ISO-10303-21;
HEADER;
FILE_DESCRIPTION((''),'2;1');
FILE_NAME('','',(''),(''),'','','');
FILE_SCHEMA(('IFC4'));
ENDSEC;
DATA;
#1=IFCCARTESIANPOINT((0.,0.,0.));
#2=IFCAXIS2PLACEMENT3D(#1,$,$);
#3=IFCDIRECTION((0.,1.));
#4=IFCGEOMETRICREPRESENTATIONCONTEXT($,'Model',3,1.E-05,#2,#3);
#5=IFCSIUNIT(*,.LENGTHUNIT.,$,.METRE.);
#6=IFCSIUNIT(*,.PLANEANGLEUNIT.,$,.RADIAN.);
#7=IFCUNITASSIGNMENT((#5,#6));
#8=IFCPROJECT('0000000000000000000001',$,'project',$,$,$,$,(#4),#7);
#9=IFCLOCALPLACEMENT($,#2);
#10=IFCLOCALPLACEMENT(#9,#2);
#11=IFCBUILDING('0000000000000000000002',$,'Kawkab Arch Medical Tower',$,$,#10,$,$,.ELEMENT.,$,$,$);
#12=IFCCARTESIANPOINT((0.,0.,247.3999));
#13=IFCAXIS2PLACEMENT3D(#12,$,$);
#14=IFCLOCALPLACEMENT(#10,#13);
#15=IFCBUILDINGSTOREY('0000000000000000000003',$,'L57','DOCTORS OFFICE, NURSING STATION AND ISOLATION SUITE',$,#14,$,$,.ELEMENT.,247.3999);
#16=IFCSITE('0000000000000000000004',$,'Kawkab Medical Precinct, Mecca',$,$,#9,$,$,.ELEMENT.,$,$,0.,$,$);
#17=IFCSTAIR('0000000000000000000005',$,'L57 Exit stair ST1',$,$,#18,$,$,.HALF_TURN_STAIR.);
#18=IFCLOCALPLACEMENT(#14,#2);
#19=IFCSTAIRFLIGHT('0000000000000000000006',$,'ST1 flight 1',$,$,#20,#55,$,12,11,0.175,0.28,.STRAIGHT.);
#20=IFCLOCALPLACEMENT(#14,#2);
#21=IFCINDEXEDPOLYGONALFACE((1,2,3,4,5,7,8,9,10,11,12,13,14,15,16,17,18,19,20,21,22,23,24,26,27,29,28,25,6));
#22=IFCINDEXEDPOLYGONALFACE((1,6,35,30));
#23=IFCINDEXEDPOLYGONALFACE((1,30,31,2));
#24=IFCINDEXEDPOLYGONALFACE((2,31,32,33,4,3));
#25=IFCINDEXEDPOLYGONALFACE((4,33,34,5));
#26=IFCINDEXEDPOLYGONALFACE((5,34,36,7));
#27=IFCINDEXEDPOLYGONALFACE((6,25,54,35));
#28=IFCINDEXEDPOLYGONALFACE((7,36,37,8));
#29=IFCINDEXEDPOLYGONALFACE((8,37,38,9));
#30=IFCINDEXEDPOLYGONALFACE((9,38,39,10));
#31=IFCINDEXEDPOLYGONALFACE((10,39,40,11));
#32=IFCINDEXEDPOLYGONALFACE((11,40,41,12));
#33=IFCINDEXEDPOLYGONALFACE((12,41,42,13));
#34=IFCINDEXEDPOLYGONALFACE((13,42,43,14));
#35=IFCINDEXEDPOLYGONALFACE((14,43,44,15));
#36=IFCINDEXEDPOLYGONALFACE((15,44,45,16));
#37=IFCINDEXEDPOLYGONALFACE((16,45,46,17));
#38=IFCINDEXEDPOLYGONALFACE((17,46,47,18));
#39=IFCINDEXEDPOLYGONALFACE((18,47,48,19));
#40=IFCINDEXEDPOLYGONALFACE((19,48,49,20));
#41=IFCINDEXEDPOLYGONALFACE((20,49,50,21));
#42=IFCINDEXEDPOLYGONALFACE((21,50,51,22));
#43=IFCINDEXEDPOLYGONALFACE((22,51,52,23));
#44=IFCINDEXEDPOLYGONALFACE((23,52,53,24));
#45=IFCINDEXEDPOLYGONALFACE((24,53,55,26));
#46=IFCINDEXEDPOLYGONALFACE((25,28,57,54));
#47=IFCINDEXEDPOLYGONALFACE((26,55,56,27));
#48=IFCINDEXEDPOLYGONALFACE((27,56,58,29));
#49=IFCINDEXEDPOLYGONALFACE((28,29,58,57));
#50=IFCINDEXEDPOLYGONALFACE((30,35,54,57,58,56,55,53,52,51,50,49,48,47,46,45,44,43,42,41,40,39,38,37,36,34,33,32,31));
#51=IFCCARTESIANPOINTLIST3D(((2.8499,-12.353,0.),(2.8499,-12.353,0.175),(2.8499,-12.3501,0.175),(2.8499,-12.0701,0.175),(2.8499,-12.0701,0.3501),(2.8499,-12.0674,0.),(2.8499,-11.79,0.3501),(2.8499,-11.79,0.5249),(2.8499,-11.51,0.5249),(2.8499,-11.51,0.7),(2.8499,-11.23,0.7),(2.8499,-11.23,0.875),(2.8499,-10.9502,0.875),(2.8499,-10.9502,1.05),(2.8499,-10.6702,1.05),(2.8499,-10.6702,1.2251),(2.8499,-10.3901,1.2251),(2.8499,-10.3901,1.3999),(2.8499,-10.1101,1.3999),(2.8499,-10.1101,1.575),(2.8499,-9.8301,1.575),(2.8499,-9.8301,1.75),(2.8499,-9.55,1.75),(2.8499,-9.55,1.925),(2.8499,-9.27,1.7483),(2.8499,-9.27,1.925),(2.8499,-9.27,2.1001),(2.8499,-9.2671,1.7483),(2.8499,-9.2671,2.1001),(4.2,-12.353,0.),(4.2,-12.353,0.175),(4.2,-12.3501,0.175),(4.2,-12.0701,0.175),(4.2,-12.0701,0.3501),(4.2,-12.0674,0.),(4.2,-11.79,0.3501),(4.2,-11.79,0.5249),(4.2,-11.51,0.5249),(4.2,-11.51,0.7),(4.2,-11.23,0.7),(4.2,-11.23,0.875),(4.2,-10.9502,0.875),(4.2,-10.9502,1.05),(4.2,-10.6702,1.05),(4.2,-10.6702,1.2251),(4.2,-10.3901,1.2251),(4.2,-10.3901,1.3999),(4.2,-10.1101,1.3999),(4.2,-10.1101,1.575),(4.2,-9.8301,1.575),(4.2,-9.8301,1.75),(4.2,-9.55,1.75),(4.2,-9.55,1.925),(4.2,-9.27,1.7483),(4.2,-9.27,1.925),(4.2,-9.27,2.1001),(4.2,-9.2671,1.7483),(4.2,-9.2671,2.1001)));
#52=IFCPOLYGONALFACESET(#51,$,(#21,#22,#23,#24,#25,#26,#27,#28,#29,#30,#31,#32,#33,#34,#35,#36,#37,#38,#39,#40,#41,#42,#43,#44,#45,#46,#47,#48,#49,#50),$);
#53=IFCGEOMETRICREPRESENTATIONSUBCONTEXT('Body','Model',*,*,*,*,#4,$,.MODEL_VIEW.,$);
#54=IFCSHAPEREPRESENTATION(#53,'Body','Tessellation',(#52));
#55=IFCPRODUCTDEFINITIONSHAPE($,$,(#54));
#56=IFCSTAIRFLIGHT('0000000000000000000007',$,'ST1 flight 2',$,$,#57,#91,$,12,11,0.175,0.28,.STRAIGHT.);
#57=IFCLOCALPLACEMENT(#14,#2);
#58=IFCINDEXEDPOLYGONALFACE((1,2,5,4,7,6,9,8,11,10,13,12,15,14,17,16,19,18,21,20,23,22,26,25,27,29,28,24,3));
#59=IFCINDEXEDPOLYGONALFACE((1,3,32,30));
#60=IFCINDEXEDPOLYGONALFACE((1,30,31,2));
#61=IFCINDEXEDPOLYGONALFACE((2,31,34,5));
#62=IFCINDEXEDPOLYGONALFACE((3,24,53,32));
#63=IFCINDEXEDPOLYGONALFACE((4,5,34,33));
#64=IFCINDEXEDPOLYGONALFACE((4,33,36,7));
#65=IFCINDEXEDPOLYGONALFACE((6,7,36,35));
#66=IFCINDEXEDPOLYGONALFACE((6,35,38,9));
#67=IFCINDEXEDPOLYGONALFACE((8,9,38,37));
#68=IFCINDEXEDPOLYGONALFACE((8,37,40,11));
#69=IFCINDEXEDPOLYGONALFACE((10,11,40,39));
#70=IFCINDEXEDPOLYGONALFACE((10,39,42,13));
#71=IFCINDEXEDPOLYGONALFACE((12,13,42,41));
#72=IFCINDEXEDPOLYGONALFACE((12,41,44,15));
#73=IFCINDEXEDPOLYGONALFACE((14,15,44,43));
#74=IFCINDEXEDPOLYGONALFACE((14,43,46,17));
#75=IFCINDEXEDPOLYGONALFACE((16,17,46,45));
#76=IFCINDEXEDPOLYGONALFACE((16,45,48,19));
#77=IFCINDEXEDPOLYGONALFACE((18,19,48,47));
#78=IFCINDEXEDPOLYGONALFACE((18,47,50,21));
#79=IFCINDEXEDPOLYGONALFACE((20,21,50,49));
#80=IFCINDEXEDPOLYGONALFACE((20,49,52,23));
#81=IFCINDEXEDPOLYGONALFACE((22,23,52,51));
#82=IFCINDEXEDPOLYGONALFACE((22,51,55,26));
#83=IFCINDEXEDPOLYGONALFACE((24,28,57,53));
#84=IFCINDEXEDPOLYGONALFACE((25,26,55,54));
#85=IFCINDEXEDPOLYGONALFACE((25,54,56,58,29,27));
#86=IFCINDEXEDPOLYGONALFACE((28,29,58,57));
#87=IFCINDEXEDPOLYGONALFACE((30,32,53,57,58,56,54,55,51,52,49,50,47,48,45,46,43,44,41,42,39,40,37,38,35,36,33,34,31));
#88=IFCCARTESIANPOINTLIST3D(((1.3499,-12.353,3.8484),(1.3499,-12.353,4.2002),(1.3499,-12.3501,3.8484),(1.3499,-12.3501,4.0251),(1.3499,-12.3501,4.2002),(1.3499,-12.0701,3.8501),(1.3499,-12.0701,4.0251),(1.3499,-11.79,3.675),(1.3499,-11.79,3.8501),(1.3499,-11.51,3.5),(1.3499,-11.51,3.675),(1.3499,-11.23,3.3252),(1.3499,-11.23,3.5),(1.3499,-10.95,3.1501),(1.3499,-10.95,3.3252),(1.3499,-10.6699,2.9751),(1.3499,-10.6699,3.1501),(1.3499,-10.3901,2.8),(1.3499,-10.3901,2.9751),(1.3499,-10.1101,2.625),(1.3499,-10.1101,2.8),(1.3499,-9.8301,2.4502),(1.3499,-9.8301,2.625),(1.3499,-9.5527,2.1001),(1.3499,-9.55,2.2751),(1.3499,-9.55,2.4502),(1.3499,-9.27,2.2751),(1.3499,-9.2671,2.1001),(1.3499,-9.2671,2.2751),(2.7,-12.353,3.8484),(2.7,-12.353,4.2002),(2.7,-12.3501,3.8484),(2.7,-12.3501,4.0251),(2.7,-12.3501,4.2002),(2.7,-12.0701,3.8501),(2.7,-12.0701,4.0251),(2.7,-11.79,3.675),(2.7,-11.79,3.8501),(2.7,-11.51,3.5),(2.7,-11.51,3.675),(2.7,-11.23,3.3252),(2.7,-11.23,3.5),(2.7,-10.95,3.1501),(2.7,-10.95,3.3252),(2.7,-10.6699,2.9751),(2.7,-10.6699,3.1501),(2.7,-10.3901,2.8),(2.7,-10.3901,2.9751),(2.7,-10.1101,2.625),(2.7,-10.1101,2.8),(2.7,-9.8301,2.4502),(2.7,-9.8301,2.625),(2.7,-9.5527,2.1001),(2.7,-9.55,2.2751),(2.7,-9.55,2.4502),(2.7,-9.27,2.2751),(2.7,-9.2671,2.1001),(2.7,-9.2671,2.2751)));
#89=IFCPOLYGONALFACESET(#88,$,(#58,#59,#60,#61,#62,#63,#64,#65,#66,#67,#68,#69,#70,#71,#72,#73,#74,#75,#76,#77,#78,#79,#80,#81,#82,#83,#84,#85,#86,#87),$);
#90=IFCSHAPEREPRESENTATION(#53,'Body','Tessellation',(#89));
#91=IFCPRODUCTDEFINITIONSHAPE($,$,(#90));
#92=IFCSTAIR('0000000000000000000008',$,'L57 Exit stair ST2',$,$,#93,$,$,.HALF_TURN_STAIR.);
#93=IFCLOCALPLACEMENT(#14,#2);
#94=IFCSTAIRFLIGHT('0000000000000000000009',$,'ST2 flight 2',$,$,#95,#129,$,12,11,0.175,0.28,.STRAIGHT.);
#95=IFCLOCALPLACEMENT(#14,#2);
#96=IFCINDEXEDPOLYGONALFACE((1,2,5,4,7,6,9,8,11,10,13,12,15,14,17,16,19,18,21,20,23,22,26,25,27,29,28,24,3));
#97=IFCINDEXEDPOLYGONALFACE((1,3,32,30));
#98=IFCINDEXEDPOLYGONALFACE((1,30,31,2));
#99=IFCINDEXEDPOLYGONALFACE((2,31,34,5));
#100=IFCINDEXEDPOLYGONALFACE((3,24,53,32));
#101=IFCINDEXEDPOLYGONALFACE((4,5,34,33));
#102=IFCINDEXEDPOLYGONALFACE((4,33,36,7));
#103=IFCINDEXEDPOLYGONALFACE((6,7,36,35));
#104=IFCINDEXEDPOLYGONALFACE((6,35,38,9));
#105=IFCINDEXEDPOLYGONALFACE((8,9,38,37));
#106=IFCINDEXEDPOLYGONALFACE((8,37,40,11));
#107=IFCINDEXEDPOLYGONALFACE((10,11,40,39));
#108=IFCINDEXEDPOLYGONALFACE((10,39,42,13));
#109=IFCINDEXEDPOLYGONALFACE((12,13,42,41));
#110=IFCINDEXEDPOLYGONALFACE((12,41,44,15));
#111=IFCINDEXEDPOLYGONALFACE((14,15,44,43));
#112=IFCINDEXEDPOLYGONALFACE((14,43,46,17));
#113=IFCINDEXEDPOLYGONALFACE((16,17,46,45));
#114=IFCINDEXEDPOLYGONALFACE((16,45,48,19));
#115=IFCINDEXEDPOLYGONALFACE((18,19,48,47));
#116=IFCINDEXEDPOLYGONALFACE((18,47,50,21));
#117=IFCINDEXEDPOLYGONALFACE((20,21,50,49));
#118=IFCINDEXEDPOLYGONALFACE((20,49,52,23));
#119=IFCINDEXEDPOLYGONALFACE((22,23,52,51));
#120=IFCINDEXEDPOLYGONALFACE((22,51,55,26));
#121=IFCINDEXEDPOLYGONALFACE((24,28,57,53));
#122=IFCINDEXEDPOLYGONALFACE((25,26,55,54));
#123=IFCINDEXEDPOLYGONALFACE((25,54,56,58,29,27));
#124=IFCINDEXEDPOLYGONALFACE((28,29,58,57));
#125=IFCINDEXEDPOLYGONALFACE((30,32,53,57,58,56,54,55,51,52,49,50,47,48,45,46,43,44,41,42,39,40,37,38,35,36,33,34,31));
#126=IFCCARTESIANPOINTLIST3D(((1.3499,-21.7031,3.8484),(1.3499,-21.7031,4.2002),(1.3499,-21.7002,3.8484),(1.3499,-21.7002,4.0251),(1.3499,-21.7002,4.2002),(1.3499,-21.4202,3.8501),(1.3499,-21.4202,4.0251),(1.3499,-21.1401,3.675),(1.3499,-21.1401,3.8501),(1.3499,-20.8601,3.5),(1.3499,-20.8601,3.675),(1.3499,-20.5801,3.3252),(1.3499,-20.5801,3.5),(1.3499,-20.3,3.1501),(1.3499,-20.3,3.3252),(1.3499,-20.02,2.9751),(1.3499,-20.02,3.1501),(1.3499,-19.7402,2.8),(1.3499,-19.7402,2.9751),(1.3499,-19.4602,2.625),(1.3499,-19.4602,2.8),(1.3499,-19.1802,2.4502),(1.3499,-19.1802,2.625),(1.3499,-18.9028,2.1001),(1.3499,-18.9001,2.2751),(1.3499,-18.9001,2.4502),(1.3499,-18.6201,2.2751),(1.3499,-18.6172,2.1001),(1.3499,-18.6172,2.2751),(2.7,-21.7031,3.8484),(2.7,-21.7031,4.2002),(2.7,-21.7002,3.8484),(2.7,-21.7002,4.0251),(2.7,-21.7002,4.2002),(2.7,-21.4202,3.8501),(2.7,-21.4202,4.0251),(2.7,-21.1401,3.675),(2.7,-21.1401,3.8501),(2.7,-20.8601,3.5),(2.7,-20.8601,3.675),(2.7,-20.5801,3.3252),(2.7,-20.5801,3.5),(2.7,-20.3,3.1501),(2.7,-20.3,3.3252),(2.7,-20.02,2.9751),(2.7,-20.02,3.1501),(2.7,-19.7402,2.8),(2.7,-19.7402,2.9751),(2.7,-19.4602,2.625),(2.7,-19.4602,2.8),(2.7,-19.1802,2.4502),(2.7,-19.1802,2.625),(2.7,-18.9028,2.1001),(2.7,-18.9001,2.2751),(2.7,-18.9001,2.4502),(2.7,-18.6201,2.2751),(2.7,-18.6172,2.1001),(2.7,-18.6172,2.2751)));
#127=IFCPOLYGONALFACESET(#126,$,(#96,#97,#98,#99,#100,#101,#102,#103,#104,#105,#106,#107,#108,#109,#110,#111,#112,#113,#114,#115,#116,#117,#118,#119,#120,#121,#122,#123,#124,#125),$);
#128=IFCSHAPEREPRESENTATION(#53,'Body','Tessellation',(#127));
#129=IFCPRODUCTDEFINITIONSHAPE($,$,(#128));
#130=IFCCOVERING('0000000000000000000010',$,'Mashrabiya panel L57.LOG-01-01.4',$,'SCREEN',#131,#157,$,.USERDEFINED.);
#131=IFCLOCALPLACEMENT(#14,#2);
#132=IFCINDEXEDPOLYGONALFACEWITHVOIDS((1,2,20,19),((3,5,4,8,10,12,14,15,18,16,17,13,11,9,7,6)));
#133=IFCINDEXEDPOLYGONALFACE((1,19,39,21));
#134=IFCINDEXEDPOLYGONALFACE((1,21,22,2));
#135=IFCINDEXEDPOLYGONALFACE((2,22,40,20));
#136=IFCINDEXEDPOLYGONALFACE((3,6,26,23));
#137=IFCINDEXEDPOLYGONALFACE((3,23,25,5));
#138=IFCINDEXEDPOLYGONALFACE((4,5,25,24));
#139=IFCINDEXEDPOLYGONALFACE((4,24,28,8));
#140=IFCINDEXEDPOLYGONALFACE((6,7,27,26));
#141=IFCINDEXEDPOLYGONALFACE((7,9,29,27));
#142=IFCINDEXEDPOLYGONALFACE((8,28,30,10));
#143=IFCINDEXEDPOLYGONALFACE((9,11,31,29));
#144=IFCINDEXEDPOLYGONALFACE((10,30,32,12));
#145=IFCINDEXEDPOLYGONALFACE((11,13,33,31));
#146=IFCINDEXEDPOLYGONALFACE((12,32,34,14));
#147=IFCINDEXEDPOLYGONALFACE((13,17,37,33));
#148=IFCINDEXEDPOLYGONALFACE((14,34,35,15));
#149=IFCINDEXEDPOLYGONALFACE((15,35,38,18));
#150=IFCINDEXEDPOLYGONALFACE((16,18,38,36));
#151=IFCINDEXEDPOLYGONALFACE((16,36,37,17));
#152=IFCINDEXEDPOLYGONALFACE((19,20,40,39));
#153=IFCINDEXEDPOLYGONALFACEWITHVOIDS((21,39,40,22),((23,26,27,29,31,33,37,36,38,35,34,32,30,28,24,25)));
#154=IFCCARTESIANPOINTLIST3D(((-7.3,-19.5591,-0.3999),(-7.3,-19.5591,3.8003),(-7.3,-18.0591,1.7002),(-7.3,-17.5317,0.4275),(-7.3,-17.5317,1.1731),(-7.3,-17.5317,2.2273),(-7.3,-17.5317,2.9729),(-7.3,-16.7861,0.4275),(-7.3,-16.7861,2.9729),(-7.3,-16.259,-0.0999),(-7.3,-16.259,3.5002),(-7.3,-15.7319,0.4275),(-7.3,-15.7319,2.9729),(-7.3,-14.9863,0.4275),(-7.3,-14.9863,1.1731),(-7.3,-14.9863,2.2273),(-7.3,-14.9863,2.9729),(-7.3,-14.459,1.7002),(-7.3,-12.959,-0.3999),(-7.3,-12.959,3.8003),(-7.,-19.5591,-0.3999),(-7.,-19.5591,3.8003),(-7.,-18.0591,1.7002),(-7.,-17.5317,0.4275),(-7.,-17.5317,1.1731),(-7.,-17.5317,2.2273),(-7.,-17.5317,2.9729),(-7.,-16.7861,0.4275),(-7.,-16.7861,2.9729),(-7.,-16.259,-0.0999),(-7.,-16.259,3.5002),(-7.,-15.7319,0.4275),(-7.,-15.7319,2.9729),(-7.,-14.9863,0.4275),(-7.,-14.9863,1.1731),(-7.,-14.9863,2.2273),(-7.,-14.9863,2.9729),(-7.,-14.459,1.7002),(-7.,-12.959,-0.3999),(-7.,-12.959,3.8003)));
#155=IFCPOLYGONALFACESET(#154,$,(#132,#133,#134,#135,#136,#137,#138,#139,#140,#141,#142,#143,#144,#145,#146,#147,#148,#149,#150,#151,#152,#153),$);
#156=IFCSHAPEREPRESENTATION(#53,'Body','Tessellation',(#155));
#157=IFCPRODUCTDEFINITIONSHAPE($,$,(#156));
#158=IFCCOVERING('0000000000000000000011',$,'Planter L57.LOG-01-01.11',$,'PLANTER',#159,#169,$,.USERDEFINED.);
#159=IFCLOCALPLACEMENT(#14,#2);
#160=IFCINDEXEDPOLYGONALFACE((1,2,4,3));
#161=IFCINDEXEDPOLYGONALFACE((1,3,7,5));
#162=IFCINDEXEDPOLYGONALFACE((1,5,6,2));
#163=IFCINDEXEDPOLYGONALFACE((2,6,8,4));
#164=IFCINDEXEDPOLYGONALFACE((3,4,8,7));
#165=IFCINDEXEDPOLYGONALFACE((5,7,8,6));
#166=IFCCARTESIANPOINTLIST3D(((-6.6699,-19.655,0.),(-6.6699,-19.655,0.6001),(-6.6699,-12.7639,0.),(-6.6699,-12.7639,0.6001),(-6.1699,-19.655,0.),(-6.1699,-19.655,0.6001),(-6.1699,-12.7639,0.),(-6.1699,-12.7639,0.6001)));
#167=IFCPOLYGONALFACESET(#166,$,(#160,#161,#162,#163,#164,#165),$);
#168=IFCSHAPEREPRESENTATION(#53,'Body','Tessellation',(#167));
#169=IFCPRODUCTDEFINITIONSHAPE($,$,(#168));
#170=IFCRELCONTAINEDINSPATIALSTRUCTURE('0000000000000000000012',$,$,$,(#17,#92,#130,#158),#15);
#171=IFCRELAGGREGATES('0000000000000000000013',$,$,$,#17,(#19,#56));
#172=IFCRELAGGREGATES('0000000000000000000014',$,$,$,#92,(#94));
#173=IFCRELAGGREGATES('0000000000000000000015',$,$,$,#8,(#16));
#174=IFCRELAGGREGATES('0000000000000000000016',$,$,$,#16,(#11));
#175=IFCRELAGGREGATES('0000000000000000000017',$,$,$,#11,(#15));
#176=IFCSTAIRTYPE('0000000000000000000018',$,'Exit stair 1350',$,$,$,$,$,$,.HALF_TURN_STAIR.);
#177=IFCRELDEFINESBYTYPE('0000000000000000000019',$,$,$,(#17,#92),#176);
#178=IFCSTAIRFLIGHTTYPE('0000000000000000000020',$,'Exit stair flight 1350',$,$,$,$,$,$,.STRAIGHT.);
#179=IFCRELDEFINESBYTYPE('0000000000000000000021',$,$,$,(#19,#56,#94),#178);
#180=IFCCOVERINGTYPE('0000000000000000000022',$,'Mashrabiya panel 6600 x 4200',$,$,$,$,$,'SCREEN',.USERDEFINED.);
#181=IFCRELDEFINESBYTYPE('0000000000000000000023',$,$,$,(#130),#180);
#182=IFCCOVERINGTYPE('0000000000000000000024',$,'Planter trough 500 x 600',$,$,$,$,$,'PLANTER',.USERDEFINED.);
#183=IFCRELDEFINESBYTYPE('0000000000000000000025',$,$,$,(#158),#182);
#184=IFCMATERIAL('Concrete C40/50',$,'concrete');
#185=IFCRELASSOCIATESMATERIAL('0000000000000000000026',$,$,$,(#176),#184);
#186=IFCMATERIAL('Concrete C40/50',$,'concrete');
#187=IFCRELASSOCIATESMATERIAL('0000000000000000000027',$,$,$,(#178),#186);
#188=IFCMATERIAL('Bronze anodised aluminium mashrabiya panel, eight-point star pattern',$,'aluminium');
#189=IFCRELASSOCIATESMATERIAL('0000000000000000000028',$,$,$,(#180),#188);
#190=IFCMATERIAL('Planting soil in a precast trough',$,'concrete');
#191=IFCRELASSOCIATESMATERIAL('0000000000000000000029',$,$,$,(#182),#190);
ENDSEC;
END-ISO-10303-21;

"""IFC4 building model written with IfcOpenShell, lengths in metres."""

from ifc_helpers import new_model, si_unit, direction, frame, origin, origin_2d, place, context, subcontext, project, spatial, polyline, rectangle, outline, extrude, material, material_profile, profile_set, type_object, element, aggregate, save


model = new_model("IFC4")

# Units and contexts
model_context = context("Model", 3, precision=1e-05, world=origin(), true_north=direction((0.0, 1.0)))
body_context = subcontext(model_context, "Body", "Model", "MODEL_VIEW")
ifc_project = project(units=[si_unit("LENGTHUNIT", "METRE"), si_unit("PLANEANGLEUNIT", "RADIAN")], contexts=[model_context])

# Site, building, storey
site_placement = place(None, origin())
site = spatial("IfcSite", under=ifc_project, at=site_placement, Name="Kawkab Medical Precinct, Mecca", CompositionType="ELEMENT", RefElevation=0.0)
building_placement = place(site_placement, origin())
building = spatial("IfcBuilding", under=site, at=building_placement, Name="Kawkab Arch Medical Tower", CompositionType="ELEMENT")
storey_placement = place(building_placement, frame((0.0, 0.0, 247.3999)))
storey = spatial("IfcBuildingStorey", under=building, at=storey_placement, Name="L57", Description="DOCTORS OFFICE, NURSING STATION AND ISOLATION SUITE", CompositionType="ELEMENT", Elevation=247.3999)

# Shared definitions
placement = place(storey_placement, origin())

# Stair, stair flights
ifc_material_1 = material(Name="Concrete C40/50", Category="concrete")
stair_type = type_object("IfcStairType", Name="Exit stair 1350", PredefinedType="HALF_TURN_STAIR", material=ifc_material_1)
stair_1 = element("IfcStair", 1, at=placement, inside=storey, type_object=stair_type, Name="L57 Exit stair ST1", PredefinedType="HALF_TURN_STAIR")
ifc_material_2 = material(Name="Concrete C40/50", Category="concrete")
stair_flight_type = type_object("IfcStairFlightType", Name="Exit stair flight 1350", PredefinedType="STRAIGHT", material=ifc_material_2)
stair_flight_1_placement = place(storey_placement, frame((3.5249, -12.3501, 0.0), z_axis=(0.0, 0.0, 1.0), x_axis=(0.0, 1.0, 0.0)))
stair_flight_1 = element("IfcStairFlight", 2, at=stair_flight_1_placement, type_object=stair_flight_type, Name="ST1 flight 1", NumberOfRisers=12, NumberOfTreads=11, PredefinedType="STRAIGHT", RiserHeight=0.175, TreadLength=0.28, context=body_context, shape_type="SweptSolid", body=[
    extrude(outline(polyline([(-0.0029, 0.0), (-0.0029, 0.175), (0.0, 0.175), (0.28, 0.175), (0.28, 0.3501), (0.5601, 0.3501), (0.5601, 0.5249), (0.8401, 0.5249), (0.8401, 0.7), (1.1201, 0.7), (1.1201, 0.875), (1.3999, 0.875), (1.3999, 1.05), (1.6799, 1.05), (1.6799, 1.2251), (1.96, 1.2251), (1.96, 1.3999), (2.24, 1.3999), (2.24, 1.575), (2.52, 1.575), (2.52, 1.75), (2.8, 1.75), (2.8, 1.925), (3.0801, 1.925), (3.0801, 2.1001), (3.083, 2.1001), (3.083, 1.7483), (3.0801, 1.7483), (0.2827, 0.0), (-0.0029, 0.0)])), frame((0.0, 0.675, 0.0), z_axis=(0.0, -1.0, 0.0), x_axis=(1.0, 0.0, 0.0)), (0.0, 0.0, 1.0), 1.3501),
])
stair_flight_2_placement = place(storey_placement, frame((2.0249, -9.27, 2.1001), z_axis=(0.0, 0.0, 1.0), x_axis=(0.0, -1.0, 0.0)))
stair_flight_2 = element("IfcStairFlight", 3, at=stair_flight_2_placement, type_object=stair_flight_type, Name="ST1 flight 2", NumberOfRisers=12, NumberOfTreads=11, PredefinedType="STRAIGHT", RiserHeight=0.175, TreadLength=0.28, context=body_context, shape_type="SweptSolid", body=[
    extrude(outline(polyline([(-0.0029, 0.0), (-0.0029, 0.175), (0.0, 0.175), (0.28, 0.175), (0.28, 0.3501), (0.5601, 0.3501), (0.5601, 0.5249), (0.8401, 0.5249), (0.8401, 0.7), (1.1201, 0.7), (1.1201, 0.875), (1.3999, 0.875), (1.3999, 1.05), (1.6799, 1.05), (1.6799, 1.2251), (1.96, 1.2251), (1.96, 1.3999), (2.24, 1.3999), (2.24, 1.575), (2.52, 1.575), (2.52, 1.75), (2.8, 1.75), (2.8, 1.925), (3.0801, 1.925), (3.0801, 2.1001), (3.083, 2.1001), (3.083, 1.7483), (3.0801, 1.7483), (0.2827, 0.0), (-0.0029, 0.0)])), frame((0.0, 0.675, 0.0), z_axis=(0.0, -1.0, 0.0), x_axis=(1.0, 0.0, 0.0)), (0.0, 0.0, 1.0), 1.3501),
])
aggregate(stair_1, [stair_flight_1, stair_flight_2])

# Stair, stair flight
stair_2 = element("IfcStair", 4, at=placement, inside=storey, type_object=stair_type, Name="L57 Exit stair ST2", PredefinedType="HALF_TURN_STAIR")
stair_flight_3_placement = place(storey_placement, frame((2.0249, -18.6201, 2.1001), z_axis=(0.0, 0.0, 1.0), x_axis=(0.0, -1.0, 0.0)))
stair_flight_3 = element("IfcStairFlight", 5, at=stair_flight_3_placement, type_object=stair_flight_type, Name="ST2 flight 2", NumberOfRisers=12, NumberOfTreads=11, PredefinedType="STRAIGHT", RiserHeight=0.175, TreadLength=0.28, context=body_context, shape_type="SweptSolid", body=[
    extrude(outline(polyline([(-0.0029, 0.0), (-0.0029, 0.175), (0.0, 0.175), (0.28, 0.175), (0.28, 0.3501), (0.5601, 0.3501), (0.5601, 0.5249), (0.8401, 0.5249), (0.8401, 0.7), (1.1201, 0.7), (1.1201, 0.875), (1.3999, 0.875), (1.3999, 1.05), (1.6799, 1.05), (1.6799, 1.2251), (1.96, 1.2251), (1.96, 1.3999), (2.24, 1.3999), (2.24, 1.575), (2.52, 1.575), (2.52, 1.75), (2.8, 1.75), (2.8, 1.925), (3.0801, 1.925), (3.0801, 2.1001), (3.083, 2.1001), (3.083, 1.7483), (3.0801, 1.7483), (0.2827, 0.0), (-0.0029, 0.0)])), frame((0.0, 0.675, 0.0), z_axis=(0.0, -1.0, 0.0), x_axis=(1.0, 0.0, 0.0)), (0.0, 0.0, 1.0), 1.3501),
])
aggregate(stair_2, [stair_flight_3])

# Coverings
ifc_material_3 = material(Name="Bronze anodised aluminium mashrabiya panel, eight-point star pattern", Category="aluminium")
ifc_material_profile_1 = material_profile(ifc_material_3, outline(polyline([(-3.3, -2.1001), (3.3, -2.1001), (3.3, 2.1001), (-3.3, 2.1001), (-3.3, -2.1001)]), holes=[polyline([(1.8, 0.0), (1.2727, 0.5271), (1.2727, 1.2727), (0.5271, 1.2727), (0.0, 1.8), (-0.5271, 1.2727), (-1.2727, 1.2727), (-1.2727, 0.5271), (-1.8, 0.0), (-1.2727, -0.5271), (-1.2727, -1.2727), (-0.5271, -1.2727), (0.0, -1.8), (0.5271, -1.2727), (1.2727, -1.2727), (1.2727, -0.5271), (1.8, 0.0)])]), Name="Mashrabiya panel 6600x4200")
ifc_profile_set_1 = profile_set([ifc_material_profile_1], Name="Bronze anodised aluminium mashrabiya panel, eight-point star pattern")
covering_type_1 = type_object("IfcCoveringType", Name="Mashrabiya panel 6600 x 4200", ElementType="SCREEN", PredefinedType="USERDEFINED", material=ifc_profile_set_1)
covering_1_placement = place(storey_placement, frame((-7.0, -16.259, 1.7002), z_axis=(-1.0, 0.0, 0.0), x_axis=(0.0, -1.0, 0.0)))
element("IfcCovering", 6, at=covering_1_placement, inside=storey, type_object=covering_type_1, Name="Mashrabiya panel L57.LOG-01-01.4", ObjectType="SCREEN", PredefinedType="USERDEFINED", context=body_context, shape_type="SweptSolid", body=[
    extrude(outline(polyline([(-3.3, -2.1001), (3.3, -2.1001), (3.3, 2.1001), (-3.3, 2.1001), (-3.3, -2.1001)]), holes=[polyline([(1.8, 0.0), (1.2727, 0.5271), (1.2727, 1.2727), (0.5271, 1.2727), (0.0, 1.8), (-0.5271, 1.2727), (-1.2727, 1.2727), (-1.2727, 0.5271), (-1.8, 0.0), (-1.2727, -0.5271), (-1.2727, -1.2727), (-0.5271, -1.2727), (0.0, -1.8), (0.5271, -1.2727), (1.2727, -1.2727), (1.2727, -0.5271), (1.8, 0.0)])]), origin(), (0.0, 0.0, 1.0), 0.3),
])
ifc_material_4 = material(Name="Planting soil in a precast trough", Category="concrete")
ifc_material_profile_2 = material_profile(ifc_material_4, rectangle(XDim=0.5, YDim=0.6001, at=origin_2d()), Name="Trough 500x600")
ifc_profile_set_2 = profile_set([ifc_material_profile_2], Name="Planting soil in a precast trough")
covering_type_2 = type_object("IfcCoveringType", Name="Planter trough 500 x 600", ElementType="PLANTER", PredefinedType="USERDEFINED", material=ifc_profile_set_2)
covering_2_placement = place(storey_placement, frame((-6.4199, -19.655, 0.3), z_axis=(0.0, 1.0, 0.0), x_axis=(-1.0, 0.0, 0.0)))
element("IfcCovering", 7, at=covering_2_placement, inside=storey, type_object=covering_type_2, Name="Planter L57.LOG-01-01.11", ObjectType="PLANTER", PredefinedType="USERDEFINED", context=body_context, shape_type="SweptSolid", body=[
    extrude(rectangle(XDim=0.5, YDim=0.6001, at=origin_2d()), origin(), (0.0, 0.0, 1.0), 6.8911),
])

save(model, "model.ifc")
